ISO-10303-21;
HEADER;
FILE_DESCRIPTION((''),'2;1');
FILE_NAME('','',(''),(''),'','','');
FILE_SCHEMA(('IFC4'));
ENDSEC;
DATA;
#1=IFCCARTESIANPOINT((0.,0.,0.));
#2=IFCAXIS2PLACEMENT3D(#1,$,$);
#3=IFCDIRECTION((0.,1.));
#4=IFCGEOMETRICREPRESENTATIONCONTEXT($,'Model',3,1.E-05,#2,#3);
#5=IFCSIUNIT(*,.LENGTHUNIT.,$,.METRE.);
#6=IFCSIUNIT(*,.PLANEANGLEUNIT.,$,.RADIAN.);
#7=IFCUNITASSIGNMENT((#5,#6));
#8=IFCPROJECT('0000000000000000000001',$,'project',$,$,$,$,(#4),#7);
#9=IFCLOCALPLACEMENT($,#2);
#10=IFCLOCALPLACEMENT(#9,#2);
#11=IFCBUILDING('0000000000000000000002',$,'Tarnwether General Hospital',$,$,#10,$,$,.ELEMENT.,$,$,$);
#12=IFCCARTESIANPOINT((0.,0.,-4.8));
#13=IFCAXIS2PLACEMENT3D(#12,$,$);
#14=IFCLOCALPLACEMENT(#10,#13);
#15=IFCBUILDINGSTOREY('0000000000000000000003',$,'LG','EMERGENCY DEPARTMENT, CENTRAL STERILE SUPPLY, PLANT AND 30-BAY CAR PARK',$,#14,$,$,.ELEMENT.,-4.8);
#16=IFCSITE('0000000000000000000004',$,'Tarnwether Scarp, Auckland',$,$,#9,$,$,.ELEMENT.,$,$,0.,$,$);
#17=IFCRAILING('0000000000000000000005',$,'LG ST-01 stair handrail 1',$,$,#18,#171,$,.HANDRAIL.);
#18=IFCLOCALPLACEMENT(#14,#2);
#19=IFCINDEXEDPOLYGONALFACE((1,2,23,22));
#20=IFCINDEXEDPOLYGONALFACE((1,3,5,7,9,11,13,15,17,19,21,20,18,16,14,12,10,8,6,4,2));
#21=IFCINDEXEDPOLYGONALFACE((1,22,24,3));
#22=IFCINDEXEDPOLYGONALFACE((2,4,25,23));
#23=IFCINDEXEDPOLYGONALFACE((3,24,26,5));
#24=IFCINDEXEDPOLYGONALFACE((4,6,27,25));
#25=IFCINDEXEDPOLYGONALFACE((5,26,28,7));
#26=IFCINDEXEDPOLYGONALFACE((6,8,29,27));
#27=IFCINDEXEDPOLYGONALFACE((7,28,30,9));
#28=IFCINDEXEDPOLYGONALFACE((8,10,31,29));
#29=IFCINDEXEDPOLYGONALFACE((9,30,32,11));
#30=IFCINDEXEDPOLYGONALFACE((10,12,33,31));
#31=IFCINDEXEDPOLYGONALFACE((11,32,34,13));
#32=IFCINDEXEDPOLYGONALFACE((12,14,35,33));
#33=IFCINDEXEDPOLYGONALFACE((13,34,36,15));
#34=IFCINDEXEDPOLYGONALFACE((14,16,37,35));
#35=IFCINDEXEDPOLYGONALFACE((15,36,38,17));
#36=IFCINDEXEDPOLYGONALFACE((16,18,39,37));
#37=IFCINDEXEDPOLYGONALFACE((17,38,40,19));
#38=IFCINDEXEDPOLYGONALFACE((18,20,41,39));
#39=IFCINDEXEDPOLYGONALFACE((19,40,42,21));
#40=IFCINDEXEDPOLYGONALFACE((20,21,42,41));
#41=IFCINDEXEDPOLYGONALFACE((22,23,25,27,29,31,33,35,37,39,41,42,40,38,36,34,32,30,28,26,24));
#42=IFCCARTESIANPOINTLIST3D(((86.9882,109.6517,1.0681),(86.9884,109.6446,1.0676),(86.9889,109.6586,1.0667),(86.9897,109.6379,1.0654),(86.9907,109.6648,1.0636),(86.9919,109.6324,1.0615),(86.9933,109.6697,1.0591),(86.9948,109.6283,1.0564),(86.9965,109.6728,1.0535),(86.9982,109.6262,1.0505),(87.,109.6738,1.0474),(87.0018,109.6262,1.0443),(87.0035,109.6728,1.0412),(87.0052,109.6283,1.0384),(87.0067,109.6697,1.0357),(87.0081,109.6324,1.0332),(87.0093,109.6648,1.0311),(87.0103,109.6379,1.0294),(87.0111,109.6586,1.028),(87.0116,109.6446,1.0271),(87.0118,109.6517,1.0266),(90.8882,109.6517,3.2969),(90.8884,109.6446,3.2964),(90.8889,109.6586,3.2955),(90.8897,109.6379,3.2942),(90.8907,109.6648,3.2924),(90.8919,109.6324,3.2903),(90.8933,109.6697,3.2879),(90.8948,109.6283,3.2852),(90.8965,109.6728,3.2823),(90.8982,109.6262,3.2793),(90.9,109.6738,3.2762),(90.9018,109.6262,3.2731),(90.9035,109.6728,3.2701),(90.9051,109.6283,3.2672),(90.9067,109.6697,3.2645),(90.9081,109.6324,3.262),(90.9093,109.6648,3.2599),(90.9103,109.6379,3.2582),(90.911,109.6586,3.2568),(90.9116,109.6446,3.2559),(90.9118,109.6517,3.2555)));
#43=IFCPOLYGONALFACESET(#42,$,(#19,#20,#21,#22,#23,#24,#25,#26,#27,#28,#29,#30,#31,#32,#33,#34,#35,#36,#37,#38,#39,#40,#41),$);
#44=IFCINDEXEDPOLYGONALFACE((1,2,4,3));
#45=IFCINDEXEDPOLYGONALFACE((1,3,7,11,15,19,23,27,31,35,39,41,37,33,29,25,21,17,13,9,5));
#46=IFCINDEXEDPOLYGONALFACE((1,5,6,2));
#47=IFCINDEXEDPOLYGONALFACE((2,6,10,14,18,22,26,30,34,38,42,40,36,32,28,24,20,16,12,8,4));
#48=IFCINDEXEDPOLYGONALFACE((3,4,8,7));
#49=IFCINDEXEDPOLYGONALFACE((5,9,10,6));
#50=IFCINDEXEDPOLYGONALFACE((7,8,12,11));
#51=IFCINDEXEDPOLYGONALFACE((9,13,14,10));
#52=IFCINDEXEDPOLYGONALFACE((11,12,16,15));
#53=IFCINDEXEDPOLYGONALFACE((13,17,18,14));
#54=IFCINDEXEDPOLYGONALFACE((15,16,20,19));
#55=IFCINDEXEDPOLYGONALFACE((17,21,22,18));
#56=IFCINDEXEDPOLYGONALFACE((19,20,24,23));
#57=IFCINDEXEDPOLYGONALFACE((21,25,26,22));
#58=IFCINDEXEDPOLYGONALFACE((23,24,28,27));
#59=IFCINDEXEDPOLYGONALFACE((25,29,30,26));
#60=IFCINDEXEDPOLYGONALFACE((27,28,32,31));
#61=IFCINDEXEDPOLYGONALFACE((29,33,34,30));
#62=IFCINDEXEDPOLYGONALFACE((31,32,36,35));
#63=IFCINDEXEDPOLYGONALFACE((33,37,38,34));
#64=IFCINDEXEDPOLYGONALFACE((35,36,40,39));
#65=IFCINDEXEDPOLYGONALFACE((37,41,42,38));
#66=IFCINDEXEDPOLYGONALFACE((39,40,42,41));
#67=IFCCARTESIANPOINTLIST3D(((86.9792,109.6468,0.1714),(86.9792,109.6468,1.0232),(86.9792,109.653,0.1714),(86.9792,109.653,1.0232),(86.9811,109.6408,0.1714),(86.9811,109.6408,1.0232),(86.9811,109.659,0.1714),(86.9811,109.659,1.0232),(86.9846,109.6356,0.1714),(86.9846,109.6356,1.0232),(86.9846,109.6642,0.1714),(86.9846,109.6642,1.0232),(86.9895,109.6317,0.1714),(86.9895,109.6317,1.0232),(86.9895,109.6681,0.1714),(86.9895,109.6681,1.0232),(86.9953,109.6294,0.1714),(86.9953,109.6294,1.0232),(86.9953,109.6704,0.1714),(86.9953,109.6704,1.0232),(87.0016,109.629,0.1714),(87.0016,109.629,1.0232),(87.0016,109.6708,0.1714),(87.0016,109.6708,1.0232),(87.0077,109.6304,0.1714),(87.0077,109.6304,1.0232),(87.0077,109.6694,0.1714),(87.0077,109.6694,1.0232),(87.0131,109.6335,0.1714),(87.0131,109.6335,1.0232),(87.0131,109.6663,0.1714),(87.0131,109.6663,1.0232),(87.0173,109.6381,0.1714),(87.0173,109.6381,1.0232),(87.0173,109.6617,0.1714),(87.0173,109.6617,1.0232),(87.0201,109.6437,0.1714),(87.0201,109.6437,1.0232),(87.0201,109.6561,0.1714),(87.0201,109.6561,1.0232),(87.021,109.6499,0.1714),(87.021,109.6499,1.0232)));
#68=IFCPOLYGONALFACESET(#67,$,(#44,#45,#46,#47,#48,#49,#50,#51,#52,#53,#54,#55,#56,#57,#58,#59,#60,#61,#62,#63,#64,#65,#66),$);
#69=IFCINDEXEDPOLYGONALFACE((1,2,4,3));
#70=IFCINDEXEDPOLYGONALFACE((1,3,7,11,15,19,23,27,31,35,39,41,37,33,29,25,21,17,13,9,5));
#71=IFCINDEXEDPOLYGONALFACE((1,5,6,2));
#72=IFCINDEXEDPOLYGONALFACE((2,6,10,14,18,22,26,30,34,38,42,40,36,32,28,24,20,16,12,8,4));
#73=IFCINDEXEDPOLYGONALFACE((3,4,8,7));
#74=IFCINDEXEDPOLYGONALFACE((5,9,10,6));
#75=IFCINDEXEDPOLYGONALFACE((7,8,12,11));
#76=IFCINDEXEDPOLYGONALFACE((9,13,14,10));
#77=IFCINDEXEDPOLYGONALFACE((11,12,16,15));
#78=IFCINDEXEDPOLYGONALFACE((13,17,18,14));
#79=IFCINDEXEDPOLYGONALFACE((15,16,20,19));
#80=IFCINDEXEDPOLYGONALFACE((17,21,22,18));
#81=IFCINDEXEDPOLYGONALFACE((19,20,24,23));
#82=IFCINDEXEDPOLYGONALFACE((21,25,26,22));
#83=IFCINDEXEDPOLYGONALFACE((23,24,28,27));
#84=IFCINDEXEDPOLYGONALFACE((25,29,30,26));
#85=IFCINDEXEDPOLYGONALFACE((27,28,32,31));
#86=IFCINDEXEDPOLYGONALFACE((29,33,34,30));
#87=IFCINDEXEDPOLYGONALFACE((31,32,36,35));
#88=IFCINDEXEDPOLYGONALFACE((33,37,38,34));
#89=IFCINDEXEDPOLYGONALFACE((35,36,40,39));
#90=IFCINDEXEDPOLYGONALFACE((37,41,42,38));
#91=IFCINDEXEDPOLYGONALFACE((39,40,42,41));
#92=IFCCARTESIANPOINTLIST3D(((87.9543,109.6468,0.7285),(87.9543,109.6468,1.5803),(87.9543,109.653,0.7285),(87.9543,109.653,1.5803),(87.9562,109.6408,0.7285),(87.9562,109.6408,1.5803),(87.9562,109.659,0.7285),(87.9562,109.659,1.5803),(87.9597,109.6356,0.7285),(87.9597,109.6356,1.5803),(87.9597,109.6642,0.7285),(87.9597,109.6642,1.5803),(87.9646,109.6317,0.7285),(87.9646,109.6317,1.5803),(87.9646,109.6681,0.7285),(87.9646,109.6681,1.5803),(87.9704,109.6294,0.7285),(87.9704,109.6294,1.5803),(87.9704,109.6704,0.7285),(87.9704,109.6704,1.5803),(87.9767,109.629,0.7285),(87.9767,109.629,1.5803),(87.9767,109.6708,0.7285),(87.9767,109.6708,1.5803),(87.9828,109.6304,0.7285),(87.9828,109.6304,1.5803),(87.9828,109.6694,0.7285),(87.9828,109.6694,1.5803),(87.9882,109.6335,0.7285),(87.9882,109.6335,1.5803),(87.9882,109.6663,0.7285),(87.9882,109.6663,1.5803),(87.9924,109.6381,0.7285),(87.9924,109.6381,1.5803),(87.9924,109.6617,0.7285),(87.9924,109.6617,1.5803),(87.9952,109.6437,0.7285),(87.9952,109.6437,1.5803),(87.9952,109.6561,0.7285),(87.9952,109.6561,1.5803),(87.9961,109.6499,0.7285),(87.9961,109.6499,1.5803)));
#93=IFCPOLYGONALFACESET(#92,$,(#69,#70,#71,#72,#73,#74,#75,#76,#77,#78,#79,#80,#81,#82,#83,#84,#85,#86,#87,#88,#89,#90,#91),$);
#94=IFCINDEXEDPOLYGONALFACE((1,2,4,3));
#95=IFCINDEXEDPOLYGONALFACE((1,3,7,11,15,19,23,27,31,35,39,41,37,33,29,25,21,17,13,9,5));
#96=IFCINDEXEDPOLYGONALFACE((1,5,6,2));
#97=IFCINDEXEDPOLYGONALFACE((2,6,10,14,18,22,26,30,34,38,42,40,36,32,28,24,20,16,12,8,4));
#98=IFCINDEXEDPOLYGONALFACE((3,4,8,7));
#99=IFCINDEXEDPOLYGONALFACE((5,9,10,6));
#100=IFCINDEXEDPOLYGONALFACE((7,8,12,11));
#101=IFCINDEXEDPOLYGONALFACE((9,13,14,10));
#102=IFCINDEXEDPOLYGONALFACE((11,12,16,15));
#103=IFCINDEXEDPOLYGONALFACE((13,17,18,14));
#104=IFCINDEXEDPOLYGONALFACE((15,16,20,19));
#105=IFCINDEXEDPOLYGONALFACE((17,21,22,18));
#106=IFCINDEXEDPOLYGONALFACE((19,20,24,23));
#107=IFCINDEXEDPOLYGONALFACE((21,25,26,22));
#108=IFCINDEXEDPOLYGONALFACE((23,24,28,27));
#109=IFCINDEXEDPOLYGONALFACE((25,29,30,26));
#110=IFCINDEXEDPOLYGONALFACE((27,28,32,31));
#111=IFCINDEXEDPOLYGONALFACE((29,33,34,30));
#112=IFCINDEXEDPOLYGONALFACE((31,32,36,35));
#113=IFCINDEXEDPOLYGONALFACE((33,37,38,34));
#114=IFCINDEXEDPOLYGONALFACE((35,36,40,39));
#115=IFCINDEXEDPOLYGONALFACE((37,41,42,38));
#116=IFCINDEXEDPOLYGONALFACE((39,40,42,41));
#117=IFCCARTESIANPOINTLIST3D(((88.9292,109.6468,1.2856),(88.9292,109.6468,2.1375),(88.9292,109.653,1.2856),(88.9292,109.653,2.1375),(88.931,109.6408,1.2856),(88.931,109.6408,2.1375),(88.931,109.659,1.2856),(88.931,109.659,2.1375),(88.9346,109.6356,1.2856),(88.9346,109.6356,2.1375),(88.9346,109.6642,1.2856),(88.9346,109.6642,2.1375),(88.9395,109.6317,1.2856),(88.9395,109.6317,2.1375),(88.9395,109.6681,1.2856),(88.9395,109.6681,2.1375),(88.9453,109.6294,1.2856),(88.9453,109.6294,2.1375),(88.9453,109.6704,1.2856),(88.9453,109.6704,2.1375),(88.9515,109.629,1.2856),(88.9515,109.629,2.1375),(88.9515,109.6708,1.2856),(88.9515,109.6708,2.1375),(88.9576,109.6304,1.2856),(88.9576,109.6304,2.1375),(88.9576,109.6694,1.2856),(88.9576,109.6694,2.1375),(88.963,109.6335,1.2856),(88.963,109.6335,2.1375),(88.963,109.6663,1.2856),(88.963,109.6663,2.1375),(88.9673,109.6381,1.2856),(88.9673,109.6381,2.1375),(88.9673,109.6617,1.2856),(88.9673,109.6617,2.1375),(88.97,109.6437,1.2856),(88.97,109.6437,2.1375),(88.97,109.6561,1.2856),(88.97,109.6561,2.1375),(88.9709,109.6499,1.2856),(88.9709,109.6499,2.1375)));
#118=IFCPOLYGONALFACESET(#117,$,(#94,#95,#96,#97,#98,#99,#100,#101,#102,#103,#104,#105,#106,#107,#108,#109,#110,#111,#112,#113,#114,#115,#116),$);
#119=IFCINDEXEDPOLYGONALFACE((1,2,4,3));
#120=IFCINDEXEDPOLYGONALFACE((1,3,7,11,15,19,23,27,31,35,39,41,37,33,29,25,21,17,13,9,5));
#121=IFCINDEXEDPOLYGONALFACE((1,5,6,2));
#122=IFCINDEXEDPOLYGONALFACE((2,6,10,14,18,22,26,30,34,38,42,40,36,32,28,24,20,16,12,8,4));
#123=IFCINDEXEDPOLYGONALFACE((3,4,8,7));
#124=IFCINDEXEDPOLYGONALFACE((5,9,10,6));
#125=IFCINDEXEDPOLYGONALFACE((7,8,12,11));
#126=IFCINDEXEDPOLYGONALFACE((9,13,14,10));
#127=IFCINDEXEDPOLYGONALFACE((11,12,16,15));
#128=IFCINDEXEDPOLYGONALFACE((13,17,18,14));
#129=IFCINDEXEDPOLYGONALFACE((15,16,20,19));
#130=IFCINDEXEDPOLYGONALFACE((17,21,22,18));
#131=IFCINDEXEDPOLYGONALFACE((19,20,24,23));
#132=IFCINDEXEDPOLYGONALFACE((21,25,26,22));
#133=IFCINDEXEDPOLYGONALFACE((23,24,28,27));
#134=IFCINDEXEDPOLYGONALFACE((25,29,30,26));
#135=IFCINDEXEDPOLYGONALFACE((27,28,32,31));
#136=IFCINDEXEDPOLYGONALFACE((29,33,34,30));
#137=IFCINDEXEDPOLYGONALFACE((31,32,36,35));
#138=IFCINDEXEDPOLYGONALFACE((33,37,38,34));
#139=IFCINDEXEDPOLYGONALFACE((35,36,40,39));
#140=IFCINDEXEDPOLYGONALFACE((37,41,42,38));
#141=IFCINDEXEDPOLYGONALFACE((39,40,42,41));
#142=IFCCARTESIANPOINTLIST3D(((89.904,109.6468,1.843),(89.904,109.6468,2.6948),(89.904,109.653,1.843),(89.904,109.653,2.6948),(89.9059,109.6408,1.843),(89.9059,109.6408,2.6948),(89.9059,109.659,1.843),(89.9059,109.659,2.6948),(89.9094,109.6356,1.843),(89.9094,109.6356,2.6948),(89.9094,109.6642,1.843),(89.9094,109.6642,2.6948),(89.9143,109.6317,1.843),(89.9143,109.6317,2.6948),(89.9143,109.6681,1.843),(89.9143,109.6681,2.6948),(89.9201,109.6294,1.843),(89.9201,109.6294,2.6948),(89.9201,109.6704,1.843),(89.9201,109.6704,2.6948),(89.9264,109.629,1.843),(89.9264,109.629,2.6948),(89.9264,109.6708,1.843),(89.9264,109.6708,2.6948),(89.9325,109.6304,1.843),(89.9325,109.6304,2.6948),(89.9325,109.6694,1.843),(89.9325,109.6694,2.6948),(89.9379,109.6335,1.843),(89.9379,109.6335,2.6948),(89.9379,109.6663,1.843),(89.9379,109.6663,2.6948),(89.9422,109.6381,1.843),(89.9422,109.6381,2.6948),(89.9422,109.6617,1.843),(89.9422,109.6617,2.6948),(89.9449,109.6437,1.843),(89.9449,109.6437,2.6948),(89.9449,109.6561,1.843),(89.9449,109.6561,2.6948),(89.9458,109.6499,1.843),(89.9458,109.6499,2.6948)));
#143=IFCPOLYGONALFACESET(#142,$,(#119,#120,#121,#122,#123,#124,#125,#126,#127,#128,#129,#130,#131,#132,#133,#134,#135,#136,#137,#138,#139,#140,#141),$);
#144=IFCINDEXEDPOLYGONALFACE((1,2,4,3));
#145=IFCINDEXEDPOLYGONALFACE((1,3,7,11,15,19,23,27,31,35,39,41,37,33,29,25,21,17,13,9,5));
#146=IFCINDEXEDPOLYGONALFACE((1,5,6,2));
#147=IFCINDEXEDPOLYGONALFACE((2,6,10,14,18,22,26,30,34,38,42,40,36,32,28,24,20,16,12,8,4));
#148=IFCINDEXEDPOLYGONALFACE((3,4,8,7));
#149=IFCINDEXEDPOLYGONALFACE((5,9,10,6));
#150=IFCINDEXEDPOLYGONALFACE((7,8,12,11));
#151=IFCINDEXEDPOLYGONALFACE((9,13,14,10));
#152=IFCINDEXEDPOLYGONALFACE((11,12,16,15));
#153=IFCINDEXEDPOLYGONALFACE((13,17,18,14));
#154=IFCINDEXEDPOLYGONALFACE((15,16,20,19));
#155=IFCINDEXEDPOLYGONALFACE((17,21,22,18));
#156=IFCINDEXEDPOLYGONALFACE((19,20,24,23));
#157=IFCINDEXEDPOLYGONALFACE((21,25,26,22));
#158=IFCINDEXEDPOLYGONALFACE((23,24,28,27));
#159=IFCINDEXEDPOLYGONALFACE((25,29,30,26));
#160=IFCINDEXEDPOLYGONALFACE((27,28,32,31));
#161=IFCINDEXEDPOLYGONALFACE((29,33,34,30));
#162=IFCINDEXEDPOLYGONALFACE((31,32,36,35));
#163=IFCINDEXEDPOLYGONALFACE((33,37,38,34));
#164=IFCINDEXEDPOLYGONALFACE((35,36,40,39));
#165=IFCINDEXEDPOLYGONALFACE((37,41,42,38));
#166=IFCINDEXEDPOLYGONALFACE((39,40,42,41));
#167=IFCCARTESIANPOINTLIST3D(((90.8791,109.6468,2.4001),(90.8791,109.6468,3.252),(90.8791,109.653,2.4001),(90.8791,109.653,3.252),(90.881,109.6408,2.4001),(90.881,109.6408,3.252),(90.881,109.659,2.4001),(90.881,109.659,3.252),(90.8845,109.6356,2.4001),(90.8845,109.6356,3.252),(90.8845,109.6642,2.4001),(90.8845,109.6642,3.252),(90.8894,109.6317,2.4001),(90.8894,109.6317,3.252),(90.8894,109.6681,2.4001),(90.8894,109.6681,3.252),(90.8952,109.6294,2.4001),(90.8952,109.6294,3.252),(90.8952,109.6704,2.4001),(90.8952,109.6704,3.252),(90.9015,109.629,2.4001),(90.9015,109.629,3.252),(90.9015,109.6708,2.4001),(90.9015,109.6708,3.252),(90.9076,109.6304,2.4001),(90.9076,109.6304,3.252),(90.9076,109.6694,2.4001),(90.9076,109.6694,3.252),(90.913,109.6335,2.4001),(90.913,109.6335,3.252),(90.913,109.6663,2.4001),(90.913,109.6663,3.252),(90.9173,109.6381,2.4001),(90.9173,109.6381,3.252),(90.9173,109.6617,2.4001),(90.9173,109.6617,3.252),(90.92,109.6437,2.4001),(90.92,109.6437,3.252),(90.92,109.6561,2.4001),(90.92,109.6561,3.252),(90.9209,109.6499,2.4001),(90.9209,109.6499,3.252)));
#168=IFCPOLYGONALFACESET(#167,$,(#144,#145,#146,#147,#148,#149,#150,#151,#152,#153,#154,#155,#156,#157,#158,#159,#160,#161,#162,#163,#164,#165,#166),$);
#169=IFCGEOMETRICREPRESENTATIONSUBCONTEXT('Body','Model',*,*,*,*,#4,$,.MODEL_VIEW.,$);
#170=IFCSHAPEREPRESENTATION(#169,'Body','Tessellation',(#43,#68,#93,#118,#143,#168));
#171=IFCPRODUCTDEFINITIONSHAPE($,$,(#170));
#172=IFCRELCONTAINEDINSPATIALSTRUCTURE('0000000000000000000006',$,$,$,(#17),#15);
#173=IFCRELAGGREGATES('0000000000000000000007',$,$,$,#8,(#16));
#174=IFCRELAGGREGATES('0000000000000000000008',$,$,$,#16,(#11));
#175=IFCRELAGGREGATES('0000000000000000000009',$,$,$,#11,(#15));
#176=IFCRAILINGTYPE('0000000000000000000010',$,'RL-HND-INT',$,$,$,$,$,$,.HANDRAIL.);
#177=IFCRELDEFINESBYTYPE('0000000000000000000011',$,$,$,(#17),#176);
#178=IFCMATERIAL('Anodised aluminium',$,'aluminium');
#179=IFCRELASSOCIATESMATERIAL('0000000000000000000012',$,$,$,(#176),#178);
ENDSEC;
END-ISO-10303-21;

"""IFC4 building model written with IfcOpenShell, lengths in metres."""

from ifc_helpers import new_model, si_unit, direction, frame, origin, origin_2d, place, context, subcontext, project, spatial, circle, extrude, material, type_object, element, save


model = new_model("IFC4")

# Units and contexts
model_context = context("Model", 3, precision=1e-05, world=origin(), true_north=direction((0.0, 1.0)))
body_context = subcontext(model_context, "Body", "Model", "MODEL_VIEW")
ifc_project = project(units=[si_unit("LENGTHUNIT", "METRE"), si_unit("PLANEANGLEUNIT", "RADIAN")], contexts=[model_context])

# Site, building, storey
site_placement = place(None, origin())
site = spatial("IfcSite", under=ifc_project, at=site_placement, Name="Tarnwether Scarp, Auckland", CompositionType="ELEMENT", RefElevation=0.0)
building_placement = place(site_placement, origin())
building = spatial("IfcBuilding", under=site, at=building_placement, Name="Tarnwether General Hospital", CompositionType="ELEMENT")
storey_placement = place(building_placement, frame((0.0, 0.0, -4.8)))
storey = spatial("IfcBuildingStorey", under=building, at=storey_placement, Name="LG", Description="EMERGENCY DEPARTMENT, CENTRAL STERILE SUPPLY, PLANT AND 30-BAY CAR PARK", CompositionType="ELEMENT", Elevation=-4.8)

# Railing
ifc_material_1 = material(Name="Anodised aluminium", Category="aluminium")
railing_type_1 = type_object("IfcRailingType", Name="RL-HND-INT", PredefinedType="HANDRAIL", material=ifc_material_1)
railing_1_placement = place(storey_placement, frame((87.0, 109.6499, 0.1714)))
element("IfcRailing", 1, at=railing_1_placement, inside=storey, type_object=railing_type_1, Name="LG ST-01 stair handrail 1", PredefinedType="HANDRAIL", context=body_context, shape_type="SweptSolid", body=[
    extrude(circle(Radius=0.0239, at=origin_2d()), frame((0.0, 0.0, 0.876), z_axis=(0.86822, 0.0, 0.49618), x_axis=(0.0, 1.0, 0.0)), (0.0, 0.0, 1.0), 4.4919),
    extrude(circle(Radius=0.021, at=origin_2d()), origin(), (0.0, 0.0, 1.0), 0.8518),
    extrude(circle(Radius=0.021, at=origin_2d()), frame((0.9751, 0.0, 0.5571)), (0.0, 0.0, 1.0), 0.8518),
    extrude(circle(Radius=0.021, at=origin_2d()), frame((1.95, 0.0, 1.1143)), (0.0, 0.0, 1.0), 0.8518),
    extrude(circle(Radius=0.021, at=origin_2d()), frame((2.9248, 0.0, 1.6716)), (0.0, 0.0, 1.0), 0.8518),
    extrude(circle(Radius=0.021, at=origin_2d()), frame((3.8999, 0.0, 2.2288)), (0.0, 0.0, 1.0), 0.8518),
])

save(model, "model.ifc")
